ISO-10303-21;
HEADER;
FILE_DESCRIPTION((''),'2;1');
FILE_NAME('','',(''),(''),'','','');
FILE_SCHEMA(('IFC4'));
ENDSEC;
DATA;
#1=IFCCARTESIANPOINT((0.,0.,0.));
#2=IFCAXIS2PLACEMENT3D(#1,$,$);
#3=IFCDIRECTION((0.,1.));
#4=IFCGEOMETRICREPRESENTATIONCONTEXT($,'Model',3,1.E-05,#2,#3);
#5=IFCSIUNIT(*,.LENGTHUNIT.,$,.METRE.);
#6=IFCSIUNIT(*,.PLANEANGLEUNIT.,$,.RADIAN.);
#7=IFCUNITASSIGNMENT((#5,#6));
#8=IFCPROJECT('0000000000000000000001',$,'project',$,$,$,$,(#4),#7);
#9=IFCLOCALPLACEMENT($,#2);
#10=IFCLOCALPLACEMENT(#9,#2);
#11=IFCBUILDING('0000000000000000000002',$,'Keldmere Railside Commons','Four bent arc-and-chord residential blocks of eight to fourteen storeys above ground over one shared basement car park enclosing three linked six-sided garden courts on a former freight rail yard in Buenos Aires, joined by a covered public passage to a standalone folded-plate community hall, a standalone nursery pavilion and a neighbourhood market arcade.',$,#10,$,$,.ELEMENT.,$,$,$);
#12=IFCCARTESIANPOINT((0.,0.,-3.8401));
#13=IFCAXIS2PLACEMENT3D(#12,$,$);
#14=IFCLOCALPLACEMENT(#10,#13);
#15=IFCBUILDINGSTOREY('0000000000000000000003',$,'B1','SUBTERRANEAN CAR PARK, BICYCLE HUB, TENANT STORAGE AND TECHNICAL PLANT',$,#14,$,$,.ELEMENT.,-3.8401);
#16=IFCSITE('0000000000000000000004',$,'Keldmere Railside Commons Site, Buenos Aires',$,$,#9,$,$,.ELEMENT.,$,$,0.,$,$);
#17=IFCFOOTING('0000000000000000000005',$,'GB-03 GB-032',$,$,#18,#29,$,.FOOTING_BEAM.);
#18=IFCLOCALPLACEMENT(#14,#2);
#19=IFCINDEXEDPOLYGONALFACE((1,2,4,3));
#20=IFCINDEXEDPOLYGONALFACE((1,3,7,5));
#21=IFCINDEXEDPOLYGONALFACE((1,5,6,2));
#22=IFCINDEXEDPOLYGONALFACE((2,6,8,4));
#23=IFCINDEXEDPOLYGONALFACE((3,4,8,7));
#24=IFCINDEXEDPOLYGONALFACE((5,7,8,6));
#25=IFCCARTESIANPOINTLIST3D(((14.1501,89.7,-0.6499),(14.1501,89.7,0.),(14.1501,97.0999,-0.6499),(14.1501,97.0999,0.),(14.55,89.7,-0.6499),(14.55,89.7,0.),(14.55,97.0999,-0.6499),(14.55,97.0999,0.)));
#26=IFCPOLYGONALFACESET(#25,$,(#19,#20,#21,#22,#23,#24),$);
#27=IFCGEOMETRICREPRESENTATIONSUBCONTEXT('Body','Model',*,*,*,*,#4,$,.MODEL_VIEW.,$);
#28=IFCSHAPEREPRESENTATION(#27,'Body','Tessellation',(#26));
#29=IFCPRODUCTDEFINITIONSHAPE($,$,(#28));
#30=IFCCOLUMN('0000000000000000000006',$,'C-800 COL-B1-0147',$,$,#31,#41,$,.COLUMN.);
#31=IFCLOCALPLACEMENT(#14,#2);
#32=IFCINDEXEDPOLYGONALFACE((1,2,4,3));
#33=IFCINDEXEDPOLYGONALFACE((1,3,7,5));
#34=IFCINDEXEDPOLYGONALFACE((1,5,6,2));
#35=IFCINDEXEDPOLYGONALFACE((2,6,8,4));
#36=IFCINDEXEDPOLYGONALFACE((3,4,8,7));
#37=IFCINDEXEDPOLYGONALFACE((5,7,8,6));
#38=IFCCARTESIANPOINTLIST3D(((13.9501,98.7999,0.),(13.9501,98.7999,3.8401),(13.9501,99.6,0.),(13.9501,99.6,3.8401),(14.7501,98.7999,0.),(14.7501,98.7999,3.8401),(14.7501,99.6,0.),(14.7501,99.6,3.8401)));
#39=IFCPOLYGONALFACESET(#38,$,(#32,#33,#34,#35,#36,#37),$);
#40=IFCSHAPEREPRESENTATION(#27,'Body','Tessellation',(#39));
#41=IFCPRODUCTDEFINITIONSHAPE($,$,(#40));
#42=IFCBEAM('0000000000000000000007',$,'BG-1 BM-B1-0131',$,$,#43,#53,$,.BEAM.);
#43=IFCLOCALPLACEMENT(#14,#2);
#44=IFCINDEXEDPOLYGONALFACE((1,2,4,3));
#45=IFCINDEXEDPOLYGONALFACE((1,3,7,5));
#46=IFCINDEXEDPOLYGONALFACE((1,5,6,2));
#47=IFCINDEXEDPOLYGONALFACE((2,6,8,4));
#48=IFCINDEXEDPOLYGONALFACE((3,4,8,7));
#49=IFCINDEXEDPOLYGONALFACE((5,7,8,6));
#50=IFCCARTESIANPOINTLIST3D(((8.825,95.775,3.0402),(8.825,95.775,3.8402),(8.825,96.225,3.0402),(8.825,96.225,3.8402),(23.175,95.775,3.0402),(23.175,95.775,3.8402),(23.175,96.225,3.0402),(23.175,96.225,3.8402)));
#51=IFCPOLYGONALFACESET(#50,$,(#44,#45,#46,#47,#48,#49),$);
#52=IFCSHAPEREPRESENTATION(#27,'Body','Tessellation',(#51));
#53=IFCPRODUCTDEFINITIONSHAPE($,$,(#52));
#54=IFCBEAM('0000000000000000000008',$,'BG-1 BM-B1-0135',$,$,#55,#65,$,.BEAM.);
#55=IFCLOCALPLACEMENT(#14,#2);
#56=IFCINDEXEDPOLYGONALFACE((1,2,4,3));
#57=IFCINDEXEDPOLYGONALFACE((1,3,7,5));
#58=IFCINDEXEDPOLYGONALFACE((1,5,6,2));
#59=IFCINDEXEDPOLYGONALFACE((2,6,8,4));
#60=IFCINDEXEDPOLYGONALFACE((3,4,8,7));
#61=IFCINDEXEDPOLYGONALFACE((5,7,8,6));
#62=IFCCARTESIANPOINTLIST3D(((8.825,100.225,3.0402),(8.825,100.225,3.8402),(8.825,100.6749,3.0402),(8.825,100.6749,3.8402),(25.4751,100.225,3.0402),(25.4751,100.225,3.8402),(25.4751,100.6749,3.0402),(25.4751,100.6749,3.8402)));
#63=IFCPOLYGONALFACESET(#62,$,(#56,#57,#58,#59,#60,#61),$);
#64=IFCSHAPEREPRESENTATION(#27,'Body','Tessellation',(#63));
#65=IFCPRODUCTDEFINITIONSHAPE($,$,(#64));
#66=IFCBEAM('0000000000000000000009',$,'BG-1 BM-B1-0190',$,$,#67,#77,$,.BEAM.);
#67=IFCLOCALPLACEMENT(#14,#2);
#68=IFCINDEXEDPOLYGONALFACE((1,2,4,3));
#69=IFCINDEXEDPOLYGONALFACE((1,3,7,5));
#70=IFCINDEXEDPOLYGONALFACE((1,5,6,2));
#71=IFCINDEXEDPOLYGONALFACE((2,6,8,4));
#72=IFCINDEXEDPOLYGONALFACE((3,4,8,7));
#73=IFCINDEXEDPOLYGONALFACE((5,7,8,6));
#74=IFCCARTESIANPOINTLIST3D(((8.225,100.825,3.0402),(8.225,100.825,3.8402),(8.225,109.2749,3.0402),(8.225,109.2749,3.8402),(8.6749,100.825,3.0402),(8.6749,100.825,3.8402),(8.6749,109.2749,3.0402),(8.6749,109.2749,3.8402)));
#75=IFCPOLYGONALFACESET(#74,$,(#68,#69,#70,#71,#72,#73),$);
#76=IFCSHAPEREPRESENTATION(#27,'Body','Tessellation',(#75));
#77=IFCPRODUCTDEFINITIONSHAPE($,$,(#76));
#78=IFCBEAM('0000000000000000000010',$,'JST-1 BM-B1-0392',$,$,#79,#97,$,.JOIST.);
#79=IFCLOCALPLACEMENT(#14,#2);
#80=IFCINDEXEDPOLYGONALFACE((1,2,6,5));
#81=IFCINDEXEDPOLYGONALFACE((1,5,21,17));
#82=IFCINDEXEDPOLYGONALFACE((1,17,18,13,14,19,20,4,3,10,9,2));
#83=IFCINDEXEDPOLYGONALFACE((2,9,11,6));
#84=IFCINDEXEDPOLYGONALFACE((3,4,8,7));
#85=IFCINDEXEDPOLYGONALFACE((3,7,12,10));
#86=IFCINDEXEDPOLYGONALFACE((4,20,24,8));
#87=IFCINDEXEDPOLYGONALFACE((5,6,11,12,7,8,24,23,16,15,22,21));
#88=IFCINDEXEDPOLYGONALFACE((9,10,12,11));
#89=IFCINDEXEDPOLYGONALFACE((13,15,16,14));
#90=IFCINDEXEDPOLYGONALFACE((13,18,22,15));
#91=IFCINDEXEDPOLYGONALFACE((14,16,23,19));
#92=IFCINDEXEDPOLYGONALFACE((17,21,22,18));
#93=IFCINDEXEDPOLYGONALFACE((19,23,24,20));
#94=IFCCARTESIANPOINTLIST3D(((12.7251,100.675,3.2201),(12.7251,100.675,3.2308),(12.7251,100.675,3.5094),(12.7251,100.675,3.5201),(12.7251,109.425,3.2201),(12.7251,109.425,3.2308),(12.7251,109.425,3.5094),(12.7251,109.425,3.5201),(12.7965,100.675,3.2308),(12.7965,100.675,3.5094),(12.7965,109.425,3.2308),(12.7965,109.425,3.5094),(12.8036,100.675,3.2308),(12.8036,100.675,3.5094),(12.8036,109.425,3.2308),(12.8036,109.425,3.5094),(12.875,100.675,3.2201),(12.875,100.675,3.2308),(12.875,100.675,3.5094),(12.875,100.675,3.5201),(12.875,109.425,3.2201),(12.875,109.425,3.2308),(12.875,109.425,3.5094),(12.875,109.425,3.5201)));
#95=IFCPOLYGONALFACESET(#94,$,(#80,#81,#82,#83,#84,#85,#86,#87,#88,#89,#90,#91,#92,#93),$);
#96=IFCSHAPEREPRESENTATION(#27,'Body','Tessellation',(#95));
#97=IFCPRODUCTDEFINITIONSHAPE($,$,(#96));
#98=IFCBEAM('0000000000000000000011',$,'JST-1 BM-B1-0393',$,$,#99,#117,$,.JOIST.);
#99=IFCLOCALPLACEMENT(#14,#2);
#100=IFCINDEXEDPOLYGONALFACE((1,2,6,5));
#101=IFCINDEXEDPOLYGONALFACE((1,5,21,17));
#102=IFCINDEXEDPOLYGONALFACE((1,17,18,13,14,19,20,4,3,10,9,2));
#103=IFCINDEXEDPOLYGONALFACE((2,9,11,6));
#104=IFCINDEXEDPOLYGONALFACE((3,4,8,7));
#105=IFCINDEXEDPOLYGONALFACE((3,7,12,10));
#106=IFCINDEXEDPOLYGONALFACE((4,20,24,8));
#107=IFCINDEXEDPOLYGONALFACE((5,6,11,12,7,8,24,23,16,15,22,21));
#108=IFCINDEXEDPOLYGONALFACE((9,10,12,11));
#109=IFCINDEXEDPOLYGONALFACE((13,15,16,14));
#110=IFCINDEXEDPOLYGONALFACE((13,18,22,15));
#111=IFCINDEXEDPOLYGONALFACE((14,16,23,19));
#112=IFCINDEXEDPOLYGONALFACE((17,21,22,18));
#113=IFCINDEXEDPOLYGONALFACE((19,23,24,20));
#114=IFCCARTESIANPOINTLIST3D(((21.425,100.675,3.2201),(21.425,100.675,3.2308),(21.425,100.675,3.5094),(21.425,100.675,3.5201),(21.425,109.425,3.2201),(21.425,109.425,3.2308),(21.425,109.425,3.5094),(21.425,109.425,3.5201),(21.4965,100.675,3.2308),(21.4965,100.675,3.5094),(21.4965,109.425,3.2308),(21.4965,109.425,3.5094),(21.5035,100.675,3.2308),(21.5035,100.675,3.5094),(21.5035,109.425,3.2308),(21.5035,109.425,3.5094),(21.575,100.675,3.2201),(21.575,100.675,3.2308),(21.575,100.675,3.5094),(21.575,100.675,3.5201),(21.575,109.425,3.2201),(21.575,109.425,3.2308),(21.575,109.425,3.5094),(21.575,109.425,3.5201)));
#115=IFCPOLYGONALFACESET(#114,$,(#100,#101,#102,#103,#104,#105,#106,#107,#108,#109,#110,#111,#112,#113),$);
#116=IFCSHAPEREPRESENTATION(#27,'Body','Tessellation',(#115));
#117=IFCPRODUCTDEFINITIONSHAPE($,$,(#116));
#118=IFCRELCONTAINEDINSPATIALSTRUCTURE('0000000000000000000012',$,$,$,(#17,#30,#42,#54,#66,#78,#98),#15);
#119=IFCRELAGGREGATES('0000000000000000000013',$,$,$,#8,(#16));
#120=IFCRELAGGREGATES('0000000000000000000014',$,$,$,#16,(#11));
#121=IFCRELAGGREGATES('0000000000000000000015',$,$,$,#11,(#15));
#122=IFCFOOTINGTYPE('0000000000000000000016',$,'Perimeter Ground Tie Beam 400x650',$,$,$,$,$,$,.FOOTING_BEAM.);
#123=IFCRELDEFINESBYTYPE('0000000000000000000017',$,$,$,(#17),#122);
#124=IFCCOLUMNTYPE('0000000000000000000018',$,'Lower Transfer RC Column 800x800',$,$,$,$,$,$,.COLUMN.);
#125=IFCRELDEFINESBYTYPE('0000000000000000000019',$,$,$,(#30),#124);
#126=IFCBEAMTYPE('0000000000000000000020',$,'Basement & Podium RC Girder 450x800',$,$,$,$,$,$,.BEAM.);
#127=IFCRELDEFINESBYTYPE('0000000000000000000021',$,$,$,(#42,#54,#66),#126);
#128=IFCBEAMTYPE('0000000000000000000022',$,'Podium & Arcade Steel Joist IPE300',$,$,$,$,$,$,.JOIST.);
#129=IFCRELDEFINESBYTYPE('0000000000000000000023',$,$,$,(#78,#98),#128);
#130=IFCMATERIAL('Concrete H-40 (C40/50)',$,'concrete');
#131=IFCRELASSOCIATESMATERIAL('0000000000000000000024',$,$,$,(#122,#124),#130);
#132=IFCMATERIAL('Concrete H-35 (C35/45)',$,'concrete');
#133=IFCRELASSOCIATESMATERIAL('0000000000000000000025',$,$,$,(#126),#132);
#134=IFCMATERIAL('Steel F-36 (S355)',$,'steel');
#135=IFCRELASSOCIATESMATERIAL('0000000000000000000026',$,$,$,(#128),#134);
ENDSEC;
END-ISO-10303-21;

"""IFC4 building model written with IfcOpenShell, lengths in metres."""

from ifc_helpers import new_model, si_unit, direction, frame, origin, origin_2d, place, context, subcontext, project, spatial, rectangle, i_section, extrude, material, material_profile, profile_set, type_object, element, save


model = new_model("IFC4")

# Units and contexts
model_context = context("Model", 3, precision=1e-05, world=origin(), true_north=direction((0.0, 1.0)))
body_context = subcontext(model_context, "Body", "Model", "MODEL_VIEW")
ifc_project = project(units=[si_unit("LENGTHUNIT", "METRE"), si_unit("PLANEANGLEUNIT", "RADIAN")], contexts=[model_context])

# Site, building, storey
site_placement = place(None, origin())
site = spatial("IfcSite", under=ifc_project, at=site_placement, Name="Keldmere Railside Commons Site, Buenos Aires", CompositionType="ELEMENT", RefElevation=0.0)
building_placement = place(site_placement, origin())
building = spatial("IfcBuilding", under=site, at=building_placement, Name="Keldmere Railside Commons", Description="Four bent arc-and-chord residential blocks of eight to fourteen storeys above ground over one shared basement car park enclosing three linked six-sided garden courts on a former freight rail yard in Buenos Aires, joined by a covered public passage to a standalone folded-plate community hall, a standalone nursery pavilion and a neighbourhood market arcade.", CompositionType="ELEMENT")
storey_placement = place(building_placement, frame((0.0, 0.0, -3.8401)))
storey = spatial("IfcBuildingStorey", under=building, at=storey_placement, Name="B1", Description="SUBTERRANEAN CAR PARK, BICYCLE HUB, TENANT STORAGE AND TECHNICAL PLANT", CompositionType="ELEMENT", Elevation=-3.8401)

# Footing
ifc_material_1 = material(Name="Concrete H-40 (C40/50)", Category="concrete")
footing_type_1 = type_object("IfcFootingType", Name="Perimeter Ground Tie Beam 400x650", PredefinedType="FOOTING_BEAM", material=ifc_material_1)
footing_1_placement = place(storey_placement, frame((14.3501, 93.3999, -0.6499), z_axis=(0.0, 0.0, 1.0), x_axis=(0.0, 1.0, 0.0)))
element("IfcFooting", 1, at=footing_1_placement, inside=storey, type_object=footing_type_1, Name="GB-03 GB-032", PredefinedType="FOOTING_BEAM", context=body_context, shape_type="SweptSolid", body=[
    extrude(rectangle(XDim=7.3999, YDim=0.3999, at=origin_2d()), origin(), (0.0, 0.0, 1.0), 0.6499),
])

# Column
ifc_material_profile_1 = material_profile(ifc_material_1, rectangle(XDim=0.8, YDim=0.8, at=origin_2d()), Name="RC-800x800")
ifc_profile_set_1 = profile_set([ifc_material_profile_1], Name="Concrete H-40 (C40/50)")
column_type = type_object("IfcColumnType", Name="Lower Transfer RC Column 800x800", PredefinedType="COLUMN", material=ifc_profile_set_1)
column_placement = place(storey_placement, frame((14.3501, 99.2, 0.0), z_axis=(0.0, 0.0, 1.0), x_axis=(1.0, 0.0, 0.0)))
element("IfcColumn", 2, at=column_placement, inside=storey, type_object=column_type, Name="C-800 COL-B1-0147", PredefinedType="COLUMN", context=body_context, shape_type="SweptSolid", body=[
    extrude(rectangle(XDim=0.8, YDim=0.8, at=origin_2d()), origin(), (0.0, 0.0, 1.0), 3.8401),
])

# Beams
ifc_material_2 = material(Name="Concrete H-35 (C35/45)", Category="concrete")
ifc_material_profile_2 = material_profile(ifc_material_2, rectangle(XDim=0.45, YDim=0.8, at=origin_2d()), Name="RC-450x800")
ifc_profile_set_2 = profile_set([ifc_material_profile_2], Name="Concrete H-35 (C35/45)")
beam_type_1 = type_object("IfcBeamType", Name="Basement & Podium RC Girder 450x800", PredefinedType="BEAM", material=ifc_profile_set_2)
beam_1_placement = place(storey_placement, frame((8.825, 96.0, 3.4402), z_axis=(1.0, 0.0, 0.0), x_axis=(0.0, 1.0, 0.0)))
element("IfcBeam", 3, at=beam_1_placement, inside=storey, type_object=beam_type_1, Name="BG-1 BM-B1-0131", PredefinedType="BEAM", context=body_context, shape_type="SweptSolid", body=[
    extrude(rectangle(XDim=0.45, YDim=0.8, at=origin_2d()), origin(), (0.0, 0.0, 1.0), 14.3501),
])
beam_2_placement = place(storey_placement, frame((8.825, 100.45, 3.4402), z_axis=(1.0, 0.0, 0.0), x_axis=(0.0, 1.0, 0.0)))
element("IfcBeam", 4, at=beam_2_placement, inside=storey, type_object=beam_type_1, Name="BG-1 BM-B1-0135", PredefinedType="BEAM", context=body_context, shape_type="SweptSolid", body=[
    extrude(rectangle(XDim=0.45, YDim=0.8, at=origin_2d()), origin(), (0.0, 0.0, 1.0), 16.6501),
])
beam_3_placement = place(storey_placement, frame((8.45, 100.825, 3.4402), z_axis=(0.0, 1.0, 0.0), x_axis=(-1.0, 0.0, 0.0)))
element("IfcBeam", 5, at=beam_3_placement, inside=storey, type_object=beam_type_1, Name="BG-1 BM-B1-0190", PredefinedType="BEAM", context=body_context, shape_type="SweptSolid", body=[
    extrude(rectangle(XDim=0.45, YDim=0.8, at=origin_2d()), origin(), (0.0, 0.0, 1.0), 8.45),
])
ifc_material_3 = material(Name="Steel F-36 (S355)", Category="steel")
ifc_material_profile_3 = material_profile(ifc_material_3, i_section(OverallWidth=0.1499, OverallDepth=0.3, WebThickness=0.0071, FlangeThickness=0.0107, at=origin_2d()), Name="IPE-300")
ifc_profile_set_3 = profile_set([ifc_material_profile_3], Name="Steel F-36 (S355)")
beam_type_2 = type_object("IfcBeamType", Name="Podium & Arcade Steel Joist IPE300", PredefinedType="JOIST", material=ifc_profile_set_3)
for number, where, z_axis, x_axis, name in (
    (6, (12.8, 100.675, 3.3701), (0.0, 1.0, 0.0), (-1.0, 0.0, 0.0), "JST-1 BM-B1-0392"),
    (7, (21.5, 100.675, 3.3701), (0.0, 1.0, 0.0), (-1.0, 0.0, 0.0), "JST-1 BM-B1-0393"),
):
    element("IfcBeam", number, at=place(storey_placement, frame(where, z_axis=z_axis, x_axis=x_axis)), inside=storey, type_object=beam_type_2, Name=name, PredefinedType="JOIST", context=body_context, shape_type="SweptSolid", body=[
        extrude(i_section(OverallWidth=0.1499, OverallDepth=0.3, WebThickness=0.0071, FlangeThickness=0.0107, at=origin_2d()), origin(), (0.0, 0.0, 1.0), 8.75),
    ])

save(model, "model.ifc")
